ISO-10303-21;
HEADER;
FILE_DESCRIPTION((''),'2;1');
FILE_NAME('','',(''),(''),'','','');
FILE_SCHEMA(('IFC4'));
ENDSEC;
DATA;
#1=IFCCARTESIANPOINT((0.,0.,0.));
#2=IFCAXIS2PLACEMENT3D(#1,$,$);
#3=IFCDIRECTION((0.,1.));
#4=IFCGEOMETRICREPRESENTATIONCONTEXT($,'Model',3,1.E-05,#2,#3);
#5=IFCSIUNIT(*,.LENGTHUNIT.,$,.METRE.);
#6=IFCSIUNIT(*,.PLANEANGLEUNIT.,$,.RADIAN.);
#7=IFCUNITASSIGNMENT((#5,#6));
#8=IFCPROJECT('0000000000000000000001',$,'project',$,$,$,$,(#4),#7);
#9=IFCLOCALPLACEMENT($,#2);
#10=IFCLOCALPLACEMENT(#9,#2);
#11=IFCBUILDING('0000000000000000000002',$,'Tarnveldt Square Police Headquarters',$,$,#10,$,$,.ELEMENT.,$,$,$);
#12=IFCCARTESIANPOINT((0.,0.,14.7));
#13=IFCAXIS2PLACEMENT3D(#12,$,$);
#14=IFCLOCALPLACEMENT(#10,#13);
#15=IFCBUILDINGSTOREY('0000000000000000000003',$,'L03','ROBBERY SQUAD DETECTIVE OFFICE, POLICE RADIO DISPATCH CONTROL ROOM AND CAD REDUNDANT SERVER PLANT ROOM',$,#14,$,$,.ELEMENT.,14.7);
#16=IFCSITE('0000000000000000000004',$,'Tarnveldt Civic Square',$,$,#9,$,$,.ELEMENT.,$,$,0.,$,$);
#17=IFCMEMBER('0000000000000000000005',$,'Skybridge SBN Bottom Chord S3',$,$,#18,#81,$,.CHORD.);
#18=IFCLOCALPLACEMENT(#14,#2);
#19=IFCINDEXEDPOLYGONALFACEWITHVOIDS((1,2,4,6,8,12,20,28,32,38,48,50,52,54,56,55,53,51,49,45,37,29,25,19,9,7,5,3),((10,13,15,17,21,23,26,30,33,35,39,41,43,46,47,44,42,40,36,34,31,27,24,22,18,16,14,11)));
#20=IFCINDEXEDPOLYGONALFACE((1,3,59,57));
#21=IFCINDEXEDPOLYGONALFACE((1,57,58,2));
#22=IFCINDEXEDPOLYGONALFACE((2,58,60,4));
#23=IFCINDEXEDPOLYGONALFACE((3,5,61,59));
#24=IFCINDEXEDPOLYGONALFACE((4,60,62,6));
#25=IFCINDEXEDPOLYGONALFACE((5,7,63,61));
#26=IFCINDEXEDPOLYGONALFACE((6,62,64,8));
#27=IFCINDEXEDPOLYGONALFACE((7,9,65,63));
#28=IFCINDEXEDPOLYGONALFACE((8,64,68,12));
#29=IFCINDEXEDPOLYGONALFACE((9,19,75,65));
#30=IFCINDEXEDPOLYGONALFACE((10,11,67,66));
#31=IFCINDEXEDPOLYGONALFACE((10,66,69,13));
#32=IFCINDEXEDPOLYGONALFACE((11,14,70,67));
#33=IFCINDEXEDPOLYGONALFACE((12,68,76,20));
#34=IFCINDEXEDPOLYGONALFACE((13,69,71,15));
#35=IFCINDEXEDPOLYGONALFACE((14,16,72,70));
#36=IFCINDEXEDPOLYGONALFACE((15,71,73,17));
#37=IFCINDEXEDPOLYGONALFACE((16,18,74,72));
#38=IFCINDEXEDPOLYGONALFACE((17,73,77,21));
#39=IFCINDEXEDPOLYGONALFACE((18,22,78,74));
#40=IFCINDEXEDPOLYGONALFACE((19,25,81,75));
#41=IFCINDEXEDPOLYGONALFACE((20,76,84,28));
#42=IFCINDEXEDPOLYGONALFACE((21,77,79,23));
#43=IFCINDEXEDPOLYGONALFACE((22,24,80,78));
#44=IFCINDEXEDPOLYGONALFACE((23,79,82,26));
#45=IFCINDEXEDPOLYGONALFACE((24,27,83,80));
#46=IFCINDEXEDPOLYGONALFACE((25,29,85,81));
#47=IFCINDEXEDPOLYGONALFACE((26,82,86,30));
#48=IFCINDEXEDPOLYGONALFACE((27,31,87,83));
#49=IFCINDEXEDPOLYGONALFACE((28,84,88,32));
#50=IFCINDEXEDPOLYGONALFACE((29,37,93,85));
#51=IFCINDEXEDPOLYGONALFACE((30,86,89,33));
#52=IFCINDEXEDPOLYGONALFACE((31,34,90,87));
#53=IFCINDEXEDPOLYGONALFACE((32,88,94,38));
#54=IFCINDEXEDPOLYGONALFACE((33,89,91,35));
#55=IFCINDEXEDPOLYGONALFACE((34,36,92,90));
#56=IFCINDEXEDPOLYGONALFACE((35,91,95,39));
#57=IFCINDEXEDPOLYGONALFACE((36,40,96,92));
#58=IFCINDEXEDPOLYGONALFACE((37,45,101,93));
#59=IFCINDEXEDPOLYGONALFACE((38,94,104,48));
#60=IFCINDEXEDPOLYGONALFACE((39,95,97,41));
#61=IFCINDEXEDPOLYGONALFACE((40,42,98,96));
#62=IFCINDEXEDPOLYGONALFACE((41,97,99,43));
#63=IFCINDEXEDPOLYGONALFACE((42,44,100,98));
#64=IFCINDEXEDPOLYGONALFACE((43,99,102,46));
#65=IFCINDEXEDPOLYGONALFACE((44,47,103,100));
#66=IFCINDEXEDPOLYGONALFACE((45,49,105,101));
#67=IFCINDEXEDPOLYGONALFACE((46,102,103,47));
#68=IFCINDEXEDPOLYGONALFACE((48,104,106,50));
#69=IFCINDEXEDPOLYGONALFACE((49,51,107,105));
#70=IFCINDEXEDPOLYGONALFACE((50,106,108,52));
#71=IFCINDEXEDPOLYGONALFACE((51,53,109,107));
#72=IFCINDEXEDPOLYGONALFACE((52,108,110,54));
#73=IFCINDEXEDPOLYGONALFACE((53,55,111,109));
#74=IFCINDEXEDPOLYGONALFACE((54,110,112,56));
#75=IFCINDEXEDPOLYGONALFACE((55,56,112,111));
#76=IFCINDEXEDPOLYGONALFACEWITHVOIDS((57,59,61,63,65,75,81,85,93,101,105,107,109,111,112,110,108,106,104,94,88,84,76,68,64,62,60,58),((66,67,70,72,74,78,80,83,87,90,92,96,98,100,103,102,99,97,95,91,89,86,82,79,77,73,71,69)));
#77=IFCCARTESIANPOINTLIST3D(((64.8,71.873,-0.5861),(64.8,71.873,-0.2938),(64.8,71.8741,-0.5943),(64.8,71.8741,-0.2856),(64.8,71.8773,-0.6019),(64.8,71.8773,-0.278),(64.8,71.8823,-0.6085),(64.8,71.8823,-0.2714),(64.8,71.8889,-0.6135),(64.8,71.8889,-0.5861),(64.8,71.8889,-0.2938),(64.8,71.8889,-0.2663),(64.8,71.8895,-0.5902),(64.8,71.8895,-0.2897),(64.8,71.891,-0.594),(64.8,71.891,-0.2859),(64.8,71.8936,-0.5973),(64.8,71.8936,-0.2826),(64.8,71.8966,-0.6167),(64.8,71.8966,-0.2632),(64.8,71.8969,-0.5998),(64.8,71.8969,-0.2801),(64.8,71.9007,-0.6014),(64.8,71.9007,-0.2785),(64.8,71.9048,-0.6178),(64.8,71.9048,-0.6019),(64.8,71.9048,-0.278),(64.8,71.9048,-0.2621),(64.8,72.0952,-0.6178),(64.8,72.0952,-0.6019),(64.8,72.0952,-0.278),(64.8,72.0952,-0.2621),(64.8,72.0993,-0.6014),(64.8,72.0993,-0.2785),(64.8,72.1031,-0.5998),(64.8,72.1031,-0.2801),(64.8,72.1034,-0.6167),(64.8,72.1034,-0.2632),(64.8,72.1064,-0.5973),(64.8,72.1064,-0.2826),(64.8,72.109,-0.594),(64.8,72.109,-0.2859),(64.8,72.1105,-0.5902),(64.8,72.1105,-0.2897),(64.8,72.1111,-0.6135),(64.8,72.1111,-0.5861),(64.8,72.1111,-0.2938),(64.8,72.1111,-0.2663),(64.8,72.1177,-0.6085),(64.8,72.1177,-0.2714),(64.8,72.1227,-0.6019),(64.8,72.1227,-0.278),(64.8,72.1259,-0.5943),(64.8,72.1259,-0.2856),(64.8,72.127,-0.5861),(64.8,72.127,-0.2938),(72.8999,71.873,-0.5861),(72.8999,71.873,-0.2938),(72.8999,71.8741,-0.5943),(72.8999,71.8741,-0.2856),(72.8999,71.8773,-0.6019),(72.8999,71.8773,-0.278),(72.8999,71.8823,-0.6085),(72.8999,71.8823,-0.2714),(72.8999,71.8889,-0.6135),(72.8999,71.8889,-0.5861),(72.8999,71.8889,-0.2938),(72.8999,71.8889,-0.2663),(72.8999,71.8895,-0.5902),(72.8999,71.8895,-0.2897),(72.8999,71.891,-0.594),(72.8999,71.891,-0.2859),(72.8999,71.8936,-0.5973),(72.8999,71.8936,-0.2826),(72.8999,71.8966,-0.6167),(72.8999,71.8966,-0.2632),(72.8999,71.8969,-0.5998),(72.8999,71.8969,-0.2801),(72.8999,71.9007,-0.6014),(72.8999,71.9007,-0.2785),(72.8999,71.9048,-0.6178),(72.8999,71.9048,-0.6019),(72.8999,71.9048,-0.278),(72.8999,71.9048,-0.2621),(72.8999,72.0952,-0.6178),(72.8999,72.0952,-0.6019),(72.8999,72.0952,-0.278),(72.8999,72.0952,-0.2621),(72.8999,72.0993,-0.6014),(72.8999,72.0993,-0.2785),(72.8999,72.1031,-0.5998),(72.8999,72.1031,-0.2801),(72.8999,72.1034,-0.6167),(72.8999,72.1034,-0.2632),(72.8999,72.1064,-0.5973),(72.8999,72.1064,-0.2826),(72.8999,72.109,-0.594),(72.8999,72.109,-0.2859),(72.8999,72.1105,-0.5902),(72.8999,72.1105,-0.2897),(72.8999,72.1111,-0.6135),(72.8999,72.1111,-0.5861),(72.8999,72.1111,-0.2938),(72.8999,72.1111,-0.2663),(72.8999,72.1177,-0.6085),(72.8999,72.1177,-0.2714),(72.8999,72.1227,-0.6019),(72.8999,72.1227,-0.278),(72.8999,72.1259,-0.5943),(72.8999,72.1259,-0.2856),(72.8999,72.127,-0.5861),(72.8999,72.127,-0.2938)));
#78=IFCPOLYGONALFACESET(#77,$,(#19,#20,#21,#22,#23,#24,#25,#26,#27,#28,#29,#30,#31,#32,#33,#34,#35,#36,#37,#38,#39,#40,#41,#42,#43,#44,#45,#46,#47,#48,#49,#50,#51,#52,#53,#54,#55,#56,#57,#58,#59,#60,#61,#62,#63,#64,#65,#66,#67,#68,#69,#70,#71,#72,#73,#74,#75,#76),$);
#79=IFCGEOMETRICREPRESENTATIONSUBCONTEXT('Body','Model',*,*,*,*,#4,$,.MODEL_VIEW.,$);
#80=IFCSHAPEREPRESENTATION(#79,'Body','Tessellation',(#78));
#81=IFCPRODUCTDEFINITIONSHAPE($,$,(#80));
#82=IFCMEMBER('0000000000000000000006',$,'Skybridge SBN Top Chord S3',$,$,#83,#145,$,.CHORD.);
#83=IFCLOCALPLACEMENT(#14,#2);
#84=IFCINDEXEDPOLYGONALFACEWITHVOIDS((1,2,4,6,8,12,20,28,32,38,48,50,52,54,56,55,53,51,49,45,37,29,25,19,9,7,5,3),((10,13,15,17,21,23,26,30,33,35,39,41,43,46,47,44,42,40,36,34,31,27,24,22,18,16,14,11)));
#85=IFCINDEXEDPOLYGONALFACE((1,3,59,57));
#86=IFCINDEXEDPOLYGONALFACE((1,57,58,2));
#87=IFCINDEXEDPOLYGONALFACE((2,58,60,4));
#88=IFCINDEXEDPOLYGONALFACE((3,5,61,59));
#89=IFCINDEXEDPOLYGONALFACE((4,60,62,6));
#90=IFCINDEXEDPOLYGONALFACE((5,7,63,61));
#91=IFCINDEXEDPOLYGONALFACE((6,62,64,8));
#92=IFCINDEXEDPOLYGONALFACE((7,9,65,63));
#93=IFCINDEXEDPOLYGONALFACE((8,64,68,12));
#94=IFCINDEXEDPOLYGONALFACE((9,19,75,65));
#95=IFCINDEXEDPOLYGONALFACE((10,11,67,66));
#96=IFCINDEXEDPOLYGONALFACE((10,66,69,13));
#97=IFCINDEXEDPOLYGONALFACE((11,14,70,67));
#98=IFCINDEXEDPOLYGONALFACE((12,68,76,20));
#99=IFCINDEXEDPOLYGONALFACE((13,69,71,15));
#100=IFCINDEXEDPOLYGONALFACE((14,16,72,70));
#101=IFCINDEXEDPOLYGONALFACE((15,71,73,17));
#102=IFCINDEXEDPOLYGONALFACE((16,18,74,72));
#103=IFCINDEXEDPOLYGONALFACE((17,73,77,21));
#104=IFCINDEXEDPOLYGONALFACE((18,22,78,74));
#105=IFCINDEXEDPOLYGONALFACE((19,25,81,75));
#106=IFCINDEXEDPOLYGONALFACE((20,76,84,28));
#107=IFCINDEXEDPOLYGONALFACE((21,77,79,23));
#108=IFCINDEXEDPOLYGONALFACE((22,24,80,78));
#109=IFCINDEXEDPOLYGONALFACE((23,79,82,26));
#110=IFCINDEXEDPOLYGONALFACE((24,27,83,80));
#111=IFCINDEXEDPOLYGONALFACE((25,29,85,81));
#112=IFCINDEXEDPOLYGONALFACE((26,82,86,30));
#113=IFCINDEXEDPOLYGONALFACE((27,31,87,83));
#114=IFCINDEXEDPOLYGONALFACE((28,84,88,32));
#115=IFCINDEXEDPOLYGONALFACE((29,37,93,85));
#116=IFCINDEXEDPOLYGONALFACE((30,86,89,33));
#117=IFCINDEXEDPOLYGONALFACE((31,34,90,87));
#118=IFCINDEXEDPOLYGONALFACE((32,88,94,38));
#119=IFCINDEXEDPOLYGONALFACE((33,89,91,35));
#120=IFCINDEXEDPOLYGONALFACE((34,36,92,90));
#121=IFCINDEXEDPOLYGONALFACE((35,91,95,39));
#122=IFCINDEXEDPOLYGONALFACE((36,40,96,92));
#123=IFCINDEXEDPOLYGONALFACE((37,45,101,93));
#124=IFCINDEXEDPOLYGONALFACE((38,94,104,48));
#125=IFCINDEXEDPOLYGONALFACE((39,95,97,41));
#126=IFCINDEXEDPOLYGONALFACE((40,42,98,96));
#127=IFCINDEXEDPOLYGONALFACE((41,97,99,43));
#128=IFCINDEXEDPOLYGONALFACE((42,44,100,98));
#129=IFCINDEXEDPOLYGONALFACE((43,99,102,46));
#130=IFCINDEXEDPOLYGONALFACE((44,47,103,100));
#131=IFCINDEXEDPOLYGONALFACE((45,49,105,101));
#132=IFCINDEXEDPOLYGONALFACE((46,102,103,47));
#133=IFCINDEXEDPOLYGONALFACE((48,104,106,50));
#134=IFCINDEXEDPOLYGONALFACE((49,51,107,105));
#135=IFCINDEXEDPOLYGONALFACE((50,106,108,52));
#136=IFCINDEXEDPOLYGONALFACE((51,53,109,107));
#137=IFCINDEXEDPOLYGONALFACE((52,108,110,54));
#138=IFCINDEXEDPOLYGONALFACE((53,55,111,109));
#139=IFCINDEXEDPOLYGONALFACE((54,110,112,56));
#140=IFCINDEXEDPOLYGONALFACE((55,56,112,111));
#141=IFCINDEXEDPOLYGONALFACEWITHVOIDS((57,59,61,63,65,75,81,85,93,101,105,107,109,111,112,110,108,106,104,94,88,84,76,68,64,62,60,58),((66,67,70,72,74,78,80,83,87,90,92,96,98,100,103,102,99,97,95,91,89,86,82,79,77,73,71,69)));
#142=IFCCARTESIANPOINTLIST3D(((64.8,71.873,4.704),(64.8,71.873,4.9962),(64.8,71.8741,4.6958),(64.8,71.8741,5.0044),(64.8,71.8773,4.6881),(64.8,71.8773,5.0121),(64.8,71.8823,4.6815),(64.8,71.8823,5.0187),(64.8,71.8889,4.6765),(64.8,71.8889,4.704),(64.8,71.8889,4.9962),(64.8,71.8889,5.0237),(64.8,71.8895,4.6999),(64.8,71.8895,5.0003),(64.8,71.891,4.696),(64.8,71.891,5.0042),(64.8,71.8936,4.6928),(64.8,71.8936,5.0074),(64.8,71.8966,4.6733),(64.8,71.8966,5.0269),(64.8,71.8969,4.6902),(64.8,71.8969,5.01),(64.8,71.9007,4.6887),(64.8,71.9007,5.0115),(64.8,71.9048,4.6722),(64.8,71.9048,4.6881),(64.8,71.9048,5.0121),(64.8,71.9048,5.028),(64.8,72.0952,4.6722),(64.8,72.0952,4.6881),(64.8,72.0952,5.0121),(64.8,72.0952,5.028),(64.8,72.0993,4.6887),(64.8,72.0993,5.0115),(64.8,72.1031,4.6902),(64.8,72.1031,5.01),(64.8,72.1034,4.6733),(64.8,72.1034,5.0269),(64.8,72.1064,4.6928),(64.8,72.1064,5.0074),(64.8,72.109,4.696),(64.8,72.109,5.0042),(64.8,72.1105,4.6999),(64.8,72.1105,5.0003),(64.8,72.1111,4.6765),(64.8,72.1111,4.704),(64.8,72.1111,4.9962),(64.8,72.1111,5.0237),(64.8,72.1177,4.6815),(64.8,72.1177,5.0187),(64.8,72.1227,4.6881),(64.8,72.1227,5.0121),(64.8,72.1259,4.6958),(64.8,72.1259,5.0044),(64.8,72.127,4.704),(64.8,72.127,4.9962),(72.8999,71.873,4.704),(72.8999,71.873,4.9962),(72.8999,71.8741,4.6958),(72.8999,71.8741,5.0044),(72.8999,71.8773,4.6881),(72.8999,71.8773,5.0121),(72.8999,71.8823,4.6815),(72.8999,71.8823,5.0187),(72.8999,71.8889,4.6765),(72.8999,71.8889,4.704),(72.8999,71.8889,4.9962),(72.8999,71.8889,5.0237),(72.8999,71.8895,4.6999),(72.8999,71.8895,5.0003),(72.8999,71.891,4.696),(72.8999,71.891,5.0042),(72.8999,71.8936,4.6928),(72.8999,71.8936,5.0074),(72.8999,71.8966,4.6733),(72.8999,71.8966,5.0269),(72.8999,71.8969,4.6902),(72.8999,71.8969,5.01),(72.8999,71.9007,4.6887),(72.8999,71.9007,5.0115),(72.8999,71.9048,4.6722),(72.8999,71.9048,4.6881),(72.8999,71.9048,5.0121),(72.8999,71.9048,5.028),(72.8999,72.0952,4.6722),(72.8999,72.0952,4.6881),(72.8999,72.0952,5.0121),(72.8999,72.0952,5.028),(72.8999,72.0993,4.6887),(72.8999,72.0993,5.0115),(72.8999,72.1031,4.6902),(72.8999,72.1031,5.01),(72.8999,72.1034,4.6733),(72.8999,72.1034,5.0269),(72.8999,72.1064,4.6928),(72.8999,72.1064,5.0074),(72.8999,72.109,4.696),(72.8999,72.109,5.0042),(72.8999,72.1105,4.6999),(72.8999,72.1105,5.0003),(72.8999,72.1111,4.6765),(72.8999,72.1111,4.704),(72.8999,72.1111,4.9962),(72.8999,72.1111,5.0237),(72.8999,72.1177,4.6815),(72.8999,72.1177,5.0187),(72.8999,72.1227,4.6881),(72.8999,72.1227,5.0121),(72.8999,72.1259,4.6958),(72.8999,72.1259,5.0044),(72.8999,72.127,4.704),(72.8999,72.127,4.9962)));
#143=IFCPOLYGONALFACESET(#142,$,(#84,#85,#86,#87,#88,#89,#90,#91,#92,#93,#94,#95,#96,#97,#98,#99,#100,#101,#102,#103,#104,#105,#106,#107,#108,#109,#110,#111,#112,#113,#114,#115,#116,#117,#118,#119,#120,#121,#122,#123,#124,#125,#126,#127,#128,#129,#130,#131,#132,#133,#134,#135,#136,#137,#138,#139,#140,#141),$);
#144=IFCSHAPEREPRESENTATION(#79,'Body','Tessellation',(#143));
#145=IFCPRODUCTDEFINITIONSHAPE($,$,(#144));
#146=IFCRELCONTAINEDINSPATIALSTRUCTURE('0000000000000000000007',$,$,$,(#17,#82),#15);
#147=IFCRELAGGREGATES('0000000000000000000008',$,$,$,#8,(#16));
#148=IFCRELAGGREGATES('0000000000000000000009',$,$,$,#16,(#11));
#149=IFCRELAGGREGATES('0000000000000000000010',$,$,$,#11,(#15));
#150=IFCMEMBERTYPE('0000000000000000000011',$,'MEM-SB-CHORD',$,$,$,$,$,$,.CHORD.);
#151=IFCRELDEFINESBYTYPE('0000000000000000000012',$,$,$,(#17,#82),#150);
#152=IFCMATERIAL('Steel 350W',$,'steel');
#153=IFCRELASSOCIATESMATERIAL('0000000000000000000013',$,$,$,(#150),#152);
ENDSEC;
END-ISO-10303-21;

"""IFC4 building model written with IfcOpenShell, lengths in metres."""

from ifc_helpers import new_model, si_unit, direction, frame, origin, origin_2d, place, context, subcontext, project, spatial, hollow_rectangle, extrude, material, material_profile, profile_set, type_object, element, save


model = new_model("IFC4")

# Units and contexts
model_context = context("Model", 3, precision=1e-05, world=origin(), true_north=direction((0.0, 1.0)))
body_context = subcontext(model_context, "Body", "Model", "MODEL_VIEW")
ifc_project = project(units=[si_unit("LENGTHUNIT", "METRE"), si_unit("PLANEANGLEUNIT", "RADIAN")], contexts=[model_context])

# Site, building, storey
site_placement = place(None, origin())
site = spatial("IfcSite", under=ifc_project, at=site_placement, Name="Tarnveldt Civic Square", CompositionType="ELEMENT", RefElevation=0.0)
building_placement = place(site_placement, origin())
building = spatial("IfcBuilding", under=site, at=building_placement, Name="Tarnveldt Square Police Headquarters", CompositionType="ELEMENT")
storey_placement = place(building_placement, frame((0.0, 0.0, 14.7)))
storey = spatial("IfcBuildingStorey", under=building, at=storey_placement, Name="L03", Description="ROBBERY SQUAD DETECTIVE OFFICE, POLICE RADIO DISPATCH CONTROL ROOM AND CAD REDUNDANT SERVER PLANT ROOM", CompositionType="ELEMENT", Elevation=14.7)

# Shared definitions
ifc_material_1 = material(Name="Steel 350W", Category="steel")

# Members
ifc_material_profile_1 = material_profile(ifc_material_1, hollow_rectangle(XDim=0.2539, YDim=0.3557, WallThickness=0.0159, InnerFilletRadius=0.0159, OuterFilletRadius=0.0317, at=origin_2d()), Name="HSS356x254x16")
ifc_profile_set_1 = profile_set([ifc_material_profile_1], Name="Steel 350W")
member_type_1 = type_object("IfcMemberType", Name="MEM-SB-CHORD", PredefinedType="CHORD", material=ifc_profile_set_1)
for number, where, z_axis, x_axis, name in (
    (1, (64.8, 72.0, -0.4399), (1.0, 0.0, 0.0), (0.0, 1.0, 0.0), "Skybridge SBN Bottom Chord S3"),
    (2, (64.8, 72.0, 4.8501), (1.0, 0.0, 0.0), (0.0, 1.0, 0.0), "Skybridge SBN Top Chord S3"),
):
    element("IfcMember", number, at=place(storey_placement, frame(where, z_axis=z_axis, x_axis=x_axis)), inside=storey, type_object=member_type_1, Name=name, PredefinedType="CHORD", context=body_context, shape_type="SweptSolid", body=[
        extrude(hollow_rectangle(XDim=0.2539, YDim=0.3557, WallThickness=0.0159, InnerFilletRadius=0.0159, OuterFilletRadius=0.0317, at=origin_2d()), origin(), (0.0, 0.0, 1.0), 8.0999),
    ])

save(model, "model.ifc")
